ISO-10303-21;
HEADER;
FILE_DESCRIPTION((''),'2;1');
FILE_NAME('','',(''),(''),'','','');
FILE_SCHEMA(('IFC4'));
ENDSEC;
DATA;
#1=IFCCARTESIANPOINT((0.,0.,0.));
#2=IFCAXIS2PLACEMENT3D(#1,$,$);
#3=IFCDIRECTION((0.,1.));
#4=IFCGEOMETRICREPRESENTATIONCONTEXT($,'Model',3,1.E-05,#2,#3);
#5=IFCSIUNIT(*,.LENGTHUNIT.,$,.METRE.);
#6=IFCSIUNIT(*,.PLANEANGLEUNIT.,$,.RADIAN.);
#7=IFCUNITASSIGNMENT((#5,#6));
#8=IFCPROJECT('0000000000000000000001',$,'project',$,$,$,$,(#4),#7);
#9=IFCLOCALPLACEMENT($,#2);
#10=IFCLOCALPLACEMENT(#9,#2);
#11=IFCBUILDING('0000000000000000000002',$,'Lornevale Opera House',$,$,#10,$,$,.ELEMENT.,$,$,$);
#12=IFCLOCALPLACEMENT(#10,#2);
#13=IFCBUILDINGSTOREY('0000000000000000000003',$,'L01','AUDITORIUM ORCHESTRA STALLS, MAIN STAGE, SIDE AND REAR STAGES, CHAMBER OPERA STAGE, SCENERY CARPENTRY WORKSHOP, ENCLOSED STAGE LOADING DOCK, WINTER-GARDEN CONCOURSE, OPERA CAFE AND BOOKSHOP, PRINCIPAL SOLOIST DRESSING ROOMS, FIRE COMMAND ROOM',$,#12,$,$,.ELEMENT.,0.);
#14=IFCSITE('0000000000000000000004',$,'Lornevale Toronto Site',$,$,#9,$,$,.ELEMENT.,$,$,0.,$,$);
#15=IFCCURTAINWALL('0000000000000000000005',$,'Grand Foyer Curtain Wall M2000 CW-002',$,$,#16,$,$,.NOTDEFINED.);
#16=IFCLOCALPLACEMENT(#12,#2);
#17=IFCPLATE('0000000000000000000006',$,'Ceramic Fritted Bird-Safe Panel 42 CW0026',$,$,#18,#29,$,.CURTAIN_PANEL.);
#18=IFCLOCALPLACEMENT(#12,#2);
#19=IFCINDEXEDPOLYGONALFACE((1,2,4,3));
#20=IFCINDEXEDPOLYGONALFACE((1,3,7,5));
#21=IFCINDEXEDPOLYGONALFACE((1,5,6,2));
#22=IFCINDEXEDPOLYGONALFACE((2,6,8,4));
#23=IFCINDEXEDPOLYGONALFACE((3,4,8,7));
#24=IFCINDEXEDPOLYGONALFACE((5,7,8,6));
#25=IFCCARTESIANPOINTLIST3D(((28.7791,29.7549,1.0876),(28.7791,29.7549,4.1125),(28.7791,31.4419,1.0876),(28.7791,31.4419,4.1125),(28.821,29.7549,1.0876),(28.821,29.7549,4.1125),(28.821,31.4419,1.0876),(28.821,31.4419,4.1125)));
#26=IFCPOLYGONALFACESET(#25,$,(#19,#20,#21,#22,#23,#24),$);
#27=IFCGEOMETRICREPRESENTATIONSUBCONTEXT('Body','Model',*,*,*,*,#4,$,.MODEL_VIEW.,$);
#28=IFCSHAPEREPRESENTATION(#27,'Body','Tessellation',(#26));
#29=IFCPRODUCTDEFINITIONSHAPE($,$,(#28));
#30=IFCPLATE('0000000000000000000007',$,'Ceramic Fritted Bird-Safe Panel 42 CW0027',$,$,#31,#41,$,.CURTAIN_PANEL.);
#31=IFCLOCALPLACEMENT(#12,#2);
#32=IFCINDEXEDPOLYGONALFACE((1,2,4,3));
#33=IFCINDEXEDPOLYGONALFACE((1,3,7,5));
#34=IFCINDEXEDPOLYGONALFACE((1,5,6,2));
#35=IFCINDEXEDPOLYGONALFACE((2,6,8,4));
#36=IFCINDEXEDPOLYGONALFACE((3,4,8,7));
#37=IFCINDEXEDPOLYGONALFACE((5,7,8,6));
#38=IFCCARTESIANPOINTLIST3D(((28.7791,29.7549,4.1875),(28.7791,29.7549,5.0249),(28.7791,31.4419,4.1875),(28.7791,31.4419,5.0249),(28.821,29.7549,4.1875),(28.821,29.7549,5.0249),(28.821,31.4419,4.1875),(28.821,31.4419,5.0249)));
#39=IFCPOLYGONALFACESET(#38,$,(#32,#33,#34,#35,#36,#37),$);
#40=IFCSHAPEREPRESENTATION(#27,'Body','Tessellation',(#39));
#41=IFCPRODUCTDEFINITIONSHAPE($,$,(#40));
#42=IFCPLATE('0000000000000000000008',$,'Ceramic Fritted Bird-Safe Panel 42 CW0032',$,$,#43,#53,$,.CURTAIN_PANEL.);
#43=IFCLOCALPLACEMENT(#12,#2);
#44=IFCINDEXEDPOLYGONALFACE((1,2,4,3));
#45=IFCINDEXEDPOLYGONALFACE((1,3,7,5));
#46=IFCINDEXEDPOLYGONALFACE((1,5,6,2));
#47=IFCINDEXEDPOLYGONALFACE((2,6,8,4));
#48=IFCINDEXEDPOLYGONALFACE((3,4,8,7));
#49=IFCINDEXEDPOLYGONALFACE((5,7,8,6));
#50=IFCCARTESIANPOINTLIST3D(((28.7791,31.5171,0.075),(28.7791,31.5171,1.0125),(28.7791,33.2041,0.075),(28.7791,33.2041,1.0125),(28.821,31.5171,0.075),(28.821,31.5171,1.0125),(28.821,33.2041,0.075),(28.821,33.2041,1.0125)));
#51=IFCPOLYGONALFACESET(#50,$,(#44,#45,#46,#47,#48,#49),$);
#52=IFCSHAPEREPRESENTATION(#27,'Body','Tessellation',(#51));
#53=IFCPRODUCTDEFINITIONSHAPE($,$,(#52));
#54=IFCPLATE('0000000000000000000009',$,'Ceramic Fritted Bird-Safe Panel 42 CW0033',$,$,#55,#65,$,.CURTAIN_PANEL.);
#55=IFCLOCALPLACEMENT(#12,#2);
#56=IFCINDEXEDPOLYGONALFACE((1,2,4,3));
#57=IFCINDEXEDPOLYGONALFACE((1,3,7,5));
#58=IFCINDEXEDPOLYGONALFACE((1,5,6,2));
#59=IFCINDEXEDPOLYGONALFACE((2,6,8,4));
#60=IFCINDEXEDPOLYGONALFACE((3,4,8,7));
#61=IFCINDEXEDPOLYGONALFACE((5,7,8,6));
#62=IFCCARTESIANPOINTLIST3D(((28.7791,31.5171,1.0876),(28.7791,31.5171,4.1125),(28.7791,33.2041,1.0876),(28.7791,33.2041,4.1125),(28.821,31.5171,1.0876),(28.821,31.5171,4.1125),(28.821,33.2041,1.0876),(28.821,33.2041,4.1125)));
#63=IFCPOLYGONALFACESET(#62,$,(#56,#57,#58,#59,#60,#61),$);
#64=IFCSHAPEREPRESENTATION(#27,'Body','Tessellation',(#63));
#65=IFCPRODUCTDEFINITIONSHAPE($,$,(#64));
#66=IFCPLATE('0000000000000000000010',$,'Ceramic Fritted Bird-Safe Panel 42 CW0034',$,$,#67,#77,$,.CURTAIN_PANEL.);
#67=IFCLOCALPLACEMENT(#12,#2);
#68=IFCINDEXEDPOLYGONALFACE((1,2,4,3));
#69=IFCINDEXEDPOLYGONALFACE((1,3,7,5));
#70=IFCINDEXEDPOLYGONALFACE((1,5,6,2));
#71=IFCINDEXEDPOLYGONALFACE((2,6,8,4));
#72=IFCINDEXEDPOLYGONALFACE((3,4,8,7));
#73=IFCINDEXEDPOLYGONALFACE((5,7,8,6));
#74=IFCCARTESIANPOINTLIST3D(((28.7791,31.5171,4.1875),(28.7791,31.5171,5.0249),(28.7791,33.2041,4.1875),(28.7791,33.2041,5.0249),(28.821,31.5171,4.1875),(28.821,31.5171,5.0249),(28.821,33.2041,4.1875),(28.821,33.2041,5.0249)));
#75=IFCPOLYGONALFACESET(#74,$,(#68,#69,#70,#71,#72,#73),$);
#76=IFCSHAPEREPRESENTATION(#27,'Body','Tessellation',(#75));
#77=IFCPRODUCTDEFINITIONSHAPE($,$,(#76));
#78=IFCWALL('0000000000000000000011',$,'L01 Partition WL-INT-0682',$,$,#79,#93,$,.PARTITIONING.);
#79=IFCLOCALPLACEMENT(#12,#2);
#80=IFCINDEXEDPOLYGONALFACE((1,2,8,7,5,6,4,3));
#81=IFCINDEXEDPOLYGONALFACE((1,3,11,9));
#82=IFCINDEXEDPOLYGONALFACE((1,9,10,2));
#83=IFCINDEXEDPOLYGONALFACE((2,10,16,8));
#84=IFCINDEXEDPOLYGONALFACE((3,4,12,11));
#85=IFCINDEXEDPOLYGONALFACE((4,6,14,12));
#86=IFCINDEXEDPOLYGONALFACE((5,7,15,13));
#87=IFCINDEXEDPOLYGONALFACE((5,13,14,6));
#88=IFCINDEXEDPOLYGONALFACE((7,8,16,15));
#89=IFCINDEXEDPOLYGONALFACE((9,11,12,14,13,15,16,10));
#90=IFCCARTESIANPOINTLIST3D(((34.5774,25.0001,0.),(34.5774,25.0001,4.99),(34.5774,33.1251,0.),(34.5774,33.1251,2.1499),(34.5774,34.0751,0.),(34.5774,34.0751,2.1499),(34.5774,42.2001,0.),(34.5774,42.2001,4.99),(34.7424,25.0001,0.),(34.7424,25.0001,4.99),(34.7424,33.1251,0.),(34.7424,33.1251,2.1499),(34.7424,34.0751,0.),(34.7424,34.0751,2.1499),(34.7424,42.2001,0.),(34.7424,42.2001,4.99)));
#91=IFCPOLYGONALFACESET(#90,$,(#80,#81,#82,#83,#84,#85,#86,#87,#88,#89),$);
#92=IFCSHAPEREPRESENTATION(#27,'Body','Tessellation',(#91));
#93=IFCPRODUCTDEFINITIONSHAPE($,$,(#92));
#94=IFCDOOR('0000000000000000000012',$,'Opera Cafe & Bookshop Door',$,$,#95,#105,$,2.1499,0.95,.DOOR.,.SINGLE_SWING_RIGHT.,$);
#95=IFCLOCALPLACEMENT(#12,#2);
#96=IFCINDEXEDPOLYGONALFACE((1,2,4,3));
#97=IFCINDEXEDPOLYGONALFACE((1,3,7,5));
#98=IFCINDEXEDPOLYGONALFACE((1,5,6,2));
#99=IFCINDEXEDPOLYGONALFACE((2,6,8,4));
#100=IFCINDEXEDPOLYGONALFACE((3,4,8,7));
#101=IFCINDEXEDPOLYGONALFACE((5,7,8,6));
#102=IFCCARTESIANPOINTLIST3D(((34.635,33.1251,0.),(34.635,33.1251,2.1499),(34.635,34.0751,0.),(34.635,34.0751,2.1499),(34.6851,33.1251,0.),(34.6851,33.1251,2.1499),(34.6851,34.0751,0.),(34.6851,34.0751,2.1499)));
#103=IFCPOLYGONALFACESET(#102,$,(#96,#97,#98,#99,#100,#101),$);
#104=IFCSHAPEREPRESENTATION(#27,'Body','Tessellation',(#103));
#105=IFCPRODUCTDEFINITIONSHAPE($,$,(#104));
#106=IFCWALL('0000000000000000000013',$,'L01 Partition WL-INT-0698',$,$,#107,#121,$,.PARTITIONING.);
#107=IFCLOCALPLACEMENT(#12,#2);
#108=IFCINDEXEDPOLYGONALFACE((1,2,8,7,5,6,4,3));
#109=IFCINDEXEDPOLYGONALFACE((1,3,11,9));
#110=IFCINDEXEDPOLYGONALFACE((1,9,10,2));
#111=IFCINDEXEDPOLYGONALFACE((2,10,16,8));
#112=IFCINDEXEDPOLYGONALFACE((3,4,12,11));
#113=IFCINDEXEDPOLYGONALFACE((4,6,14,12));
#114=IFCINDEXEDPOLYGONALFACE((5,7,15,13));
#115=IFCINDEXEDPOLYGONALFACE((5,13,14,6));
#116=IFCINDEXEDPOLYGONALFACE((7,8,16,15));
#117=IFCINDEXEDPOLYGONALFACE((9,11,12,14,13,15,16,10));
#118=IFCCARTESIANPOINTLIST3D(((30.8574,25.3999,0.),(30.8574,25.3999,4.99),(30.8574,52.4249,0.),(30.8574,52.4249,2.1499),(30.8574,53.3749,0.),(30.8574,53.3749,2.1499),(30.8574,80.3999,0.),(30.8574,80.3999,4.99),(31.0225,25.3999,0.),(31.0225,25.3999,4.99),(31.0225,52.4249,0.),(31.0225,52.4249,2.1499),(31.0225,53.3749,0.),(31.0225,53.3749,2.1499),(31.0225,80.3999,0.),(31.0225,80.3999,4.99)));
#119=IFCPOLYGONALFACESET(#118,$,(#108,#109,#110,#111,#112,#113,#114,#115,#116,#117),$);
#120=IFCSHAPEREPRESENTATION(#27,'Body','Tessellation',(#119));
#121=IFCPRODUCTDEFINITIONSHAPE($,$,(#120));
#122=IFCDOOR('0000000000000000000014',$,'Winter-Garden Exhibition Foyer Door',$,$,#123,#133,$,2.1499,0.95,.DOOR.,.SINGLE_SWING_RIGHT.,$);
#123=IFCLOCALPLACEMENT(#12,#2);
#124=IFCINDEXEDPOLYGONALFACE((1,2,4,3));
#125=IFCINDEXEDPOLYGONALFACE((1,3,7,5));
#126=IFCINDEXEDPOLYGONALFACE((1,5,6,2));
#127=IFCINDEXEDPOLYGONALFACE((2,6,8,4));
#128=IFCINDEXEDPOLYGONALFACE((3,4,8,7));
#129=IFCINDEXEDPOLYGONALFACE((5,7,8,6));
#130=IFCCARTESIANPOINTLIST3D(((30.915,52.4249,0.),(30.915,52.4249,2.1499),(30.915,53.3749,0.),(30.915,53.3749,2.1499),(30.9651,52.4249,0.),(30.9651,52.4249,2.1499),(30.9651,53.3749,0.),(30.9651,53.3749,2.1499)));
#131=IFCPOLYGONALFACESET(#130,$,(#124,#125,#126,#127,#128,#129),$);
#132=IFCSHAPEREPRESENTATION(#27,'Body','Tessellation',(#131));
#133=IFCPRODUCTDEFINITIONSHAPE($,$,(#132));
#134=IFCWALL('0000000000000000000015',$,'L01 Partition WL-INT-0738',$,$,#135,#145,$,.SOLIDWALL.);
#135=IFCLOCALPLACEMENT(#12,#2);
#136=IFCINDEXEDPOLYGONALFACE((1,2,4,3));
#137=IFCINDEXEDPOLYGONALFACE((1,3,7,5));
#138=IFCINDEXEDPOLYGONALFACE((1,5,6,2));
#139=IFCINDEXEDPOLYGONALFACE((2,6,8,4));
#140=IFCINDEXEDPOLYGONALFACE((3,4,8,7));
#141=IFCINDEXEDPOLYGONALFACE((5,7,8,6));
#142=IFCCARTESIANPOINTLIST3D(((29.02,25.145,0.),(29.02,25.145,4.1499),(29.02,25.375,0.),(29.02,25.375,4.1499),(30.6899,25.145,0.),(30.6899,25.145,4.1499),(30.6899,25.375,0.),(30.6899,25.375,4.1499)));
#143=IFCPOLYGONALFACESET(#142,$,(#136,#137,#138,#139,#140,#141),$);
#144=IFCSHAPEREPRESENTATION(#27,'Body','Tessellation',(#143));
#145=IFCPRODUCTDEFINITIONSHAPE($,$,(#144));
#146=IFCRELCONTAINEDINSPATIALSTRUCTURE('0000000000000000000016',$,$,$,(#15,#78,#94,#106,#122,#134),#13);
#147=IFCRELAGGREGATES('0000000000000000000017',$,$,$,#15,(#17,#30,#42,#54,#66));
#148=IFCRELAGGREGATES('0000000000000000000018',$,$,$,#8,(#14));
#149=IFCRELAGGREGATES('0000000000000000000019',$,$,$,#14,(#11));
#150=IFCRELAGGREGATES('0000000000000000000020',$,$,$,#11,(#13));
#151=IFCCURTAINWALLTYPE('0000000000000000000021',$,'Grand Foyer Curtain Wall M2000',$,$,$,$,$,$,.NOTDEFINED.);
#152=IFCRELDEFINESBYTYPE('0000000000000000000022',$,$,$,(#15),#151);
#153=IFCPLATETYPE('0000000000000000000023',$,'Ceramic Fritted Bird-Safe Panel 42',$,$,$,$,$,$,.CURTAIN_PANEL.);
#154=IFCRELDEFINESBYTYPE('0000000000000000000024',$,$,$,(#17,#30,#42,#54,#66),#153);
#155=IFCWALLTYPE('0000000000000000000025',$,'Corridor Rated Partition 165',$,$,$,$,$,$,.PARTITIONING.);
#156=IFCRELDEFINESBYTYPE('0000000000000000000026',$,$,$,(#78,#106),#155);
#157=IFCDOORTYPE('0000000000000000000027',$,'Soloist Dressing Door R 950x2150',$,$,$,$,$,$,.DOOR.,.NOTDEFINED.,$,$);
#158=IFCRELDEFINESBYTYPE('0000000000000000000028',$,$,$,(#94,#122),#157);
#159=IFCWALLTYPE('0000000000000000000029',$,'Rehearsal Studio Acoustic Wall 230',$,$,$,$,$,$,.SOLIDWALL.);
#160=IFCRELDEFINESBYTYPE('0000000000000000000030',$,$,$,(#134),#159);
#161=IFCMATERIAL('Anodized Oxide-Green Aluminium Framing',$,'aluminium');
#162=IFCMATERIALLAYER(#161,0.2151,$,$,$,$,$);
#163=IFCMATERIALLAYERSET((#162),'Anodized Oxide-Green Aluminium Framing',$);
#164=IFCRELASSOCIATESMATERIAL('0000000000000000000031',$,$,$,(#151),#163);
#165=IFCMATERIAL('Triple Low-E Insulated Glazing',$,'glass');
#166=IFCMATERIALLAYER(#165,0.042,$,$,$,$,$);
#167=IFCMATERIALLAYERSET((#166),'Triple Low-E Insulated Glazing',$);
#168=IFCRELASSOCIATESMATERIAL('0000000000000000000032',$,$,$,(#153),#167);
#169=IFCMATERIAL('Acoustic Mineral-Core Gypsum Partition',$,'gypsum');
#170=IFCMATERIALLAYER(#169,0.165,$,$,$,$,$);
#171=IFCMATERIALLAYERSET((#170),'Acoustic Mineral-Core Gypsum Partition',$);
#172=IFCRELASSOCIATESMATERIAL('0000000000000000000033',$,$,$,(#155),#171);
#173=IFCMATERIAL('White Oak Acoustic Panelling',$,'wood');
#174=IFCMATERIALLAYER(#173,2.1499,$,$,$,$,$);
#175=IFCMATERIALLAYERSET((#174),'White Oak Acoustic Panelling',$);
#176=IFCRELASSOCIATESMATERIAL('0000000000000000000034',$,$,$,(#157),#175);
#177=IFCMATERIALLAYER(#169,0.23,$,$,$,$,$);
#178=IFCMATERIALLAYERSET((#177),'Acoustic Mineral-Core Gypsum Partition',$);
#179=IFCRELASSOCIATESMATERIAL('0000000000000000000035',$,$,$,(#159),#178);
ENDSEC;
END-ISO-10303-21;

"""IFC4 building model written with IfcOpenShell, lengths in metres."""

from ifc_helpers import new_model, si_unit, direction, frame, frame_2d, origin, origin_2d, place, context, subcontext, project, spatial, rectangle, extrude, material, layer, layer_set, type_object, element, fill, aggregate, save


model = new_model("IFC4")

# Units and contexts
model_context = context("Model", 3, precision=1e-05, world=origin(), true_north=direction((0.0, 1.0)))
body_context = subcontext(model_context, "Body", "Model", "MODEL_VIEW")
ifc_project = project(units=[si_unit("LENGTHUNIT", "METRE"), si_unit("PLANEANGLEUNIT", "RADIAN")], contexts=[model_context])

# Site, building, storey
site_placement = place(None, origin())
site = spatial("IfcSite", under=ifc_project, at=site_placement, Name="Lornevale Toronto Site", CompositionType="ELEMENT", RefElevation=0.0)
building_placement = place(site_placement, origin())
building = spatial("IfcBuilding", under=site, at=building_placement, Name="Lornevale Opera House", CompositionType="ELEMENT")
storey_placement = place(building_placement, origin())
storey = spatial("IfcBuildingStorey", under=building, at=storey_placement, Name="L01", Description="AUDITORIUM ORCHESTRA STALLS, MAIN STAGE, SIDE AND REAR STAGES, CHAMBER OPERA STAGE, SCENERY CARPENTRY WORKSHOP, ENCLOSED STAGE LOADING DOCK, WINTER-GARDEN CONCOURSE, OPERA CAFE AND BOOKSHOP, PRINCIPAL SOLOIST DRESSING ROOMS, FIRE COMMAND ROOM", CompositionType="ELEMENT", Elevation=0.0)

# Shared definitions
ifc_material_1 = material(Name="Anodized Oxide-Green Aluminium Framing", Category="aluminium")
ifc_layer_1 = layer(ifc_material_1, 0.2151)
ifc_layer_set_1 = layer_set([ifc_layer_1], Name="Anodized Oxide-Green Aluminium Framing")
curtain_wall_type = type_object("IfcCurtainWallType", Name="Grand Foyer Curtain Wall M2000", PredefinedType="NOTDEFINED", material=ifc_layer_set_1)

# Curtain wall
curtain_wall_1_placement = place(storey_placement, origin())
curtain_wall_1 = element("IfcCurtainWall", 1, at=curtain_wall_1_placement, inside=storey, type_object=curtain_wall_type, Name="Grand Foyer Curtain Wall M2000 CW-002", PredefinedType="NOTDEFINED")

# Plates
ifc_material_2 = material(Name="Triple Low-E Insulated Glazing", Category="glass")
ifc_layer_2 = layer(ifc_material_2, 0.042)
ifc_layer_set_2 = layer_set([ifc_layer_2], Name="Triple Low-E Insulated Glazing")
plate_type = type_object("IfcPlateType", Name="Ceramic Fritted Bird-Safe Panel 42", PredefinedType="CURTAIN_PANEL", material=ifc_layer_set_2)
plate_1_placement = place(storey_placement, frame((28.8, 30.5984, 1.0876), z_axis=(0.0, 0.0, 1.0), x_axis=(0.0, 1.0, 0.0)))
plate_1 = element("IfcPlate", 2, at=plate_1_placement, type_object=plate_type, Name="Ceramic Fritted Bird-Safe Panel 42 CW0026", PredefinedType="CURTAIN_PANEL", context=body_context, shape_type="SweptSolid", body=[
    extrude(rectangle(XDim=1.687, YDim=0.042, at=origin_2d()), origin(), (0.0, 0.0, 1.0), 3.0249),
])
plate_2_placement = place(storey_placement, frame((28.8, 30.5984, 4.1875), z_axis=(0.0, 0.0, 1.0), x_axis=(0.0, 1.0, 0.0)))
plate_2 = element("IfcPlate", 3, at=plate_2_placement, type_object=plate_type, Name="Ceramic Fritted Bird-Safe Panel 42 CW0027", PredefinedType="CURTAIN_PANEL", context=body_context, shape_type="SweptSolid", body=[
    extrude(rectangle(XDim=1.687, YDim=0.042, at=origin_2d()), origin(), (0.0, 0.0, 1.0), 0.8374),
])
plate_3_placement = place(storey_placement, frame((28.8, 32.3606, 0.075), z_axis=(0.0, 0.0, 1.0), x_axis=(0.0, 1.0, 0.0)))
plate_3 = element("IfcPlate", 4, at=plate_3_placement, type_object=plate_type, Name="Ceramic Fritted Bird-Safe Panel 42 CW0032", PredefinedType="CURTAIN_PANEL", context=body_context, shape_type="SweptSolid", body=[
    extrude(rectangle(XDim=1.687, YDim=0.042, at=origin_2d()), origin(), (0.0, 0.0, 1.0), 0.9375),
])
plate_4_placement = place(storey_placement, frame((28.8, 32.3606, 1.0876), z_axis=(0.0, 0.0, 1.0), x_axis=(0.0, 1.0, 0.0)))
plate_4 = element("IfcPlate", 5, at=plate_4_placement, type_object=plate_type, Name="Ceramic Fritted Bird-Safe Panel 42 CW0033", PredefinedType="CURTAIN_PANEL", context=body_context, shape_type="SweptSolid", body=[
    extrude(rectangle(XDim=1.687, YDim=0.042, at=origin_2d()), origin(), (0.0, 0.0, 1.0), 3.0249),
])
plate_5_placement = place(storey_placement, frame((28.8, 32.3606, 4.1875), z_axis=(0.0, 0.0, 1.0), x_axis=(0.0, 1.0, 0.0)))
plate_5 = element("IfcPlate", 6, at=plate_5_placement, type_object=plate_type, Name="Ceramic Fritted Bird-Safe Panel 42 CW0034", PredefinedType="CURTAIN_PANEL", context=body_context, shape_type="SweptSolid", body=[
    extrude(rectangle(XDim=1.687, YDim=0.042, at=origin_2d()), origin(), (0.0, 0.0, 1.0), 0.8374),
])
aggregate(curtain_wall_1, [plate_1, plate_2, plate_3, plate_4, plate_5])

# Walls, openings, doors
ifc_material_3 = material(Name="Acoustic Mineral-Core Gypsum Partition", Category="gypsum")
ifc_layer_3 = layer(ifc_material_3, 0.165)
ifc_layer_set_3 = layer_set([ifc_layer_3], Name="Acoustic Mineral-Core Gypsum Partition")
wall_type_1 = type_object("IfcWallType", Name="Corridor Rated Partition 165", PredefinedType="PARTITIONING", material=ifc_layer_set_3)
wall_1_placement = place(storey_placement, frame((34.6599, 25.0, 0.0), z_axis=(0.0, 0.0, 1.0), x_axis=(0.0, 1.0, 0.0)))
wall_1 = element("IfcWall", 7, at=wall_1_placement, inside=storey, type_object=wall_type_1, Name="L01 Partition WL-INT-0682", PredefinedType="PARTITIONING", context=body_context, shape_type="SweptSolid", body=[
    extrude(rectangle(XDim=17.2, YDim=0.165, at=frame_2d((8.6001, 0.0))), origin(), (0.0, 0.0, 1.0), 4.99),
])
opening_1_placement = place(wall_1_placement, frame((8.125, 0.0, 0.0)))
opening_1 = element("IfcOpeningElement", 8, at=opening_1_placement, cuts=wall_1, PredefinedType="OPENING", context=body_context, shape_type="SweptSolid", body=[
    extrude(rectangle(XDim=0.95, YDim=2.1499, at=frame_2d((0.4751, 1.075))), frame((0.0, 0.0925, 0.0), z_axis=(0.0, -1.0, 0.0), x_axis=(1.0, 0.0, 0.0)), (0.0, 0.0, 1.0), 0.1851),
])
ifc_material_4 = material(Name="White Oak Acoustic Panelling", Category="wood")
ifc_layer_4 = layer(ifc_material_4, 2.1499)
ifc_layer_set_4 = layer_set([ifc_layer_4], Name="White Oak Acoustic Panelling")
door_type = type_object("IfcDoorType", Name="Soloist Dressing Door R 950x2150", OperationType="NOTDEFINED", PredefinedType="DOOR", material=ifc_layer_set_4)
door_1_placement = place(opening_1_placement, origin())
door_1 = element("IfcDoor", 9, at=door_1_placement, inside=storey, type_object=door_type, Name="Opera Cafe & Bookshop Door", OperationType="SINGLE_SWING_RIGHT", OverallHeight=2.1499, OverallWidth=0.95, PredefinedType="DOOR", context=body_context, shape_type="SweptSolid", body=[
    extrude(rectangle(XDim=0.95, YDim=2.1499, at=frame_2d((0.4751, 1.075))), frame((0.0, 0.0249, 0.0), z_axis=(0.0, -1.0, 0.0), x_axis=(1.0, 0.0, 0.0)), (0.0, 0.0, 1.0), 0.05),
])
fill(opening_1, door_1)
wall_2_placement = place(storey_placement, frame((30.9399, 25.3999, 0.0), z_axis=(0.0, 0.0, 1.0), x_axis=(0.0, 1.0, 0.0)))
wall_2 = element("IfcWall", 10, at=wall_2_placement, inside=storey, type_object=wall_type_1, Name="L01 Partition WL-INT-0698", PredefinedType="PARTITIONING", context=body_context, shape_type="SweptSolid", body=[
    extrude(rectangle(XDim=55.0, YDim=0.165, at=frame_2d((27.5, 0.0))), origin(), (0.0, 0.0, 1.0), 4.99),
])
opening_2_placement = place(wall_2_placement, frame((27.0249, 0.0, 0.0)))
opening_2 = element("IfcOpeningElement", 11, at=opening_2_placement, cuts=wall_2, PredefinedType="OPENING", context=body_context, shape_type="SweptSolid", body=[
    extrude(rectangle(XDim=0.95, YDim=2.1499, at=frame_2d((0.4751, 1.075))), frame((0.0, 0.0925, 0.0), z_axis=(0.0, -1.0, 0.0), x_axis=(1.0, 0.0, 0.0)), (0.0, 0.0, 1.0), 0.1851),
])
door_2_placement = place(opening_2_placement, origin())
door_2 = element("IfcDoor", 12, at=door_2_placement, inside=storey, type_object=door_type, Name="Winter-Garden Exhibition Foyer Door", OperationType="SINGLE_SWING_RIGHT", OverallHeight=2.1499, OverallWidth=0.95, PredefinedType="DOOR", context=body_context, shape_type="SweptSolid", body=[
    extrude(rectangle(XDim=0.95, YDim=2.1499, at=frame_2d((0.4751, 1.075))), frame((0.0, 0.0249, 0.0), z_axis=(0.0, -1.0, 0.0), x_axis=(1.0, 0.0, 0.0)), (0.0, 0.0, 1.0), 0.05),
])
fill(opening_2, door_2)

# Wall
ifc_layer_5 = layer(ifc_material_3, 0.23)
ifc_layer_set_5 = layer_set([ifc_layer_5], Name="Acoustic Mineral-Core Gypsum Partition")
wall_type_2 = type_object("IfcWallType", Name="Rehearsal Studio Acoustic Wall 230", PredefinedType="SOLIDWALL", material=ifc_layer_set_5)
wall_3_placement = place(storey_placement, frame((29.02, 25.26, 0.0), z_axis=(0.0, 0.0, 1.0), x_axis=(1.0, 0.0, 0.0)))
element("IfcWall", 13, at=wall_3_placement, inside=storey, type_object=wall_type_2, Name="L01 Partition WL-INT-0738", PredefinedType="SOLIDWALL", context=body_context, shape_type="SweptSolid", body=[
    extrude(rectangle(XDim=1.6699, YDim=0.23, at=frame_2d((0.835, 0.0))), origin(), (0.0, 0.0, 1.0), 4.1499),
])

save(model, "model.ifc")
